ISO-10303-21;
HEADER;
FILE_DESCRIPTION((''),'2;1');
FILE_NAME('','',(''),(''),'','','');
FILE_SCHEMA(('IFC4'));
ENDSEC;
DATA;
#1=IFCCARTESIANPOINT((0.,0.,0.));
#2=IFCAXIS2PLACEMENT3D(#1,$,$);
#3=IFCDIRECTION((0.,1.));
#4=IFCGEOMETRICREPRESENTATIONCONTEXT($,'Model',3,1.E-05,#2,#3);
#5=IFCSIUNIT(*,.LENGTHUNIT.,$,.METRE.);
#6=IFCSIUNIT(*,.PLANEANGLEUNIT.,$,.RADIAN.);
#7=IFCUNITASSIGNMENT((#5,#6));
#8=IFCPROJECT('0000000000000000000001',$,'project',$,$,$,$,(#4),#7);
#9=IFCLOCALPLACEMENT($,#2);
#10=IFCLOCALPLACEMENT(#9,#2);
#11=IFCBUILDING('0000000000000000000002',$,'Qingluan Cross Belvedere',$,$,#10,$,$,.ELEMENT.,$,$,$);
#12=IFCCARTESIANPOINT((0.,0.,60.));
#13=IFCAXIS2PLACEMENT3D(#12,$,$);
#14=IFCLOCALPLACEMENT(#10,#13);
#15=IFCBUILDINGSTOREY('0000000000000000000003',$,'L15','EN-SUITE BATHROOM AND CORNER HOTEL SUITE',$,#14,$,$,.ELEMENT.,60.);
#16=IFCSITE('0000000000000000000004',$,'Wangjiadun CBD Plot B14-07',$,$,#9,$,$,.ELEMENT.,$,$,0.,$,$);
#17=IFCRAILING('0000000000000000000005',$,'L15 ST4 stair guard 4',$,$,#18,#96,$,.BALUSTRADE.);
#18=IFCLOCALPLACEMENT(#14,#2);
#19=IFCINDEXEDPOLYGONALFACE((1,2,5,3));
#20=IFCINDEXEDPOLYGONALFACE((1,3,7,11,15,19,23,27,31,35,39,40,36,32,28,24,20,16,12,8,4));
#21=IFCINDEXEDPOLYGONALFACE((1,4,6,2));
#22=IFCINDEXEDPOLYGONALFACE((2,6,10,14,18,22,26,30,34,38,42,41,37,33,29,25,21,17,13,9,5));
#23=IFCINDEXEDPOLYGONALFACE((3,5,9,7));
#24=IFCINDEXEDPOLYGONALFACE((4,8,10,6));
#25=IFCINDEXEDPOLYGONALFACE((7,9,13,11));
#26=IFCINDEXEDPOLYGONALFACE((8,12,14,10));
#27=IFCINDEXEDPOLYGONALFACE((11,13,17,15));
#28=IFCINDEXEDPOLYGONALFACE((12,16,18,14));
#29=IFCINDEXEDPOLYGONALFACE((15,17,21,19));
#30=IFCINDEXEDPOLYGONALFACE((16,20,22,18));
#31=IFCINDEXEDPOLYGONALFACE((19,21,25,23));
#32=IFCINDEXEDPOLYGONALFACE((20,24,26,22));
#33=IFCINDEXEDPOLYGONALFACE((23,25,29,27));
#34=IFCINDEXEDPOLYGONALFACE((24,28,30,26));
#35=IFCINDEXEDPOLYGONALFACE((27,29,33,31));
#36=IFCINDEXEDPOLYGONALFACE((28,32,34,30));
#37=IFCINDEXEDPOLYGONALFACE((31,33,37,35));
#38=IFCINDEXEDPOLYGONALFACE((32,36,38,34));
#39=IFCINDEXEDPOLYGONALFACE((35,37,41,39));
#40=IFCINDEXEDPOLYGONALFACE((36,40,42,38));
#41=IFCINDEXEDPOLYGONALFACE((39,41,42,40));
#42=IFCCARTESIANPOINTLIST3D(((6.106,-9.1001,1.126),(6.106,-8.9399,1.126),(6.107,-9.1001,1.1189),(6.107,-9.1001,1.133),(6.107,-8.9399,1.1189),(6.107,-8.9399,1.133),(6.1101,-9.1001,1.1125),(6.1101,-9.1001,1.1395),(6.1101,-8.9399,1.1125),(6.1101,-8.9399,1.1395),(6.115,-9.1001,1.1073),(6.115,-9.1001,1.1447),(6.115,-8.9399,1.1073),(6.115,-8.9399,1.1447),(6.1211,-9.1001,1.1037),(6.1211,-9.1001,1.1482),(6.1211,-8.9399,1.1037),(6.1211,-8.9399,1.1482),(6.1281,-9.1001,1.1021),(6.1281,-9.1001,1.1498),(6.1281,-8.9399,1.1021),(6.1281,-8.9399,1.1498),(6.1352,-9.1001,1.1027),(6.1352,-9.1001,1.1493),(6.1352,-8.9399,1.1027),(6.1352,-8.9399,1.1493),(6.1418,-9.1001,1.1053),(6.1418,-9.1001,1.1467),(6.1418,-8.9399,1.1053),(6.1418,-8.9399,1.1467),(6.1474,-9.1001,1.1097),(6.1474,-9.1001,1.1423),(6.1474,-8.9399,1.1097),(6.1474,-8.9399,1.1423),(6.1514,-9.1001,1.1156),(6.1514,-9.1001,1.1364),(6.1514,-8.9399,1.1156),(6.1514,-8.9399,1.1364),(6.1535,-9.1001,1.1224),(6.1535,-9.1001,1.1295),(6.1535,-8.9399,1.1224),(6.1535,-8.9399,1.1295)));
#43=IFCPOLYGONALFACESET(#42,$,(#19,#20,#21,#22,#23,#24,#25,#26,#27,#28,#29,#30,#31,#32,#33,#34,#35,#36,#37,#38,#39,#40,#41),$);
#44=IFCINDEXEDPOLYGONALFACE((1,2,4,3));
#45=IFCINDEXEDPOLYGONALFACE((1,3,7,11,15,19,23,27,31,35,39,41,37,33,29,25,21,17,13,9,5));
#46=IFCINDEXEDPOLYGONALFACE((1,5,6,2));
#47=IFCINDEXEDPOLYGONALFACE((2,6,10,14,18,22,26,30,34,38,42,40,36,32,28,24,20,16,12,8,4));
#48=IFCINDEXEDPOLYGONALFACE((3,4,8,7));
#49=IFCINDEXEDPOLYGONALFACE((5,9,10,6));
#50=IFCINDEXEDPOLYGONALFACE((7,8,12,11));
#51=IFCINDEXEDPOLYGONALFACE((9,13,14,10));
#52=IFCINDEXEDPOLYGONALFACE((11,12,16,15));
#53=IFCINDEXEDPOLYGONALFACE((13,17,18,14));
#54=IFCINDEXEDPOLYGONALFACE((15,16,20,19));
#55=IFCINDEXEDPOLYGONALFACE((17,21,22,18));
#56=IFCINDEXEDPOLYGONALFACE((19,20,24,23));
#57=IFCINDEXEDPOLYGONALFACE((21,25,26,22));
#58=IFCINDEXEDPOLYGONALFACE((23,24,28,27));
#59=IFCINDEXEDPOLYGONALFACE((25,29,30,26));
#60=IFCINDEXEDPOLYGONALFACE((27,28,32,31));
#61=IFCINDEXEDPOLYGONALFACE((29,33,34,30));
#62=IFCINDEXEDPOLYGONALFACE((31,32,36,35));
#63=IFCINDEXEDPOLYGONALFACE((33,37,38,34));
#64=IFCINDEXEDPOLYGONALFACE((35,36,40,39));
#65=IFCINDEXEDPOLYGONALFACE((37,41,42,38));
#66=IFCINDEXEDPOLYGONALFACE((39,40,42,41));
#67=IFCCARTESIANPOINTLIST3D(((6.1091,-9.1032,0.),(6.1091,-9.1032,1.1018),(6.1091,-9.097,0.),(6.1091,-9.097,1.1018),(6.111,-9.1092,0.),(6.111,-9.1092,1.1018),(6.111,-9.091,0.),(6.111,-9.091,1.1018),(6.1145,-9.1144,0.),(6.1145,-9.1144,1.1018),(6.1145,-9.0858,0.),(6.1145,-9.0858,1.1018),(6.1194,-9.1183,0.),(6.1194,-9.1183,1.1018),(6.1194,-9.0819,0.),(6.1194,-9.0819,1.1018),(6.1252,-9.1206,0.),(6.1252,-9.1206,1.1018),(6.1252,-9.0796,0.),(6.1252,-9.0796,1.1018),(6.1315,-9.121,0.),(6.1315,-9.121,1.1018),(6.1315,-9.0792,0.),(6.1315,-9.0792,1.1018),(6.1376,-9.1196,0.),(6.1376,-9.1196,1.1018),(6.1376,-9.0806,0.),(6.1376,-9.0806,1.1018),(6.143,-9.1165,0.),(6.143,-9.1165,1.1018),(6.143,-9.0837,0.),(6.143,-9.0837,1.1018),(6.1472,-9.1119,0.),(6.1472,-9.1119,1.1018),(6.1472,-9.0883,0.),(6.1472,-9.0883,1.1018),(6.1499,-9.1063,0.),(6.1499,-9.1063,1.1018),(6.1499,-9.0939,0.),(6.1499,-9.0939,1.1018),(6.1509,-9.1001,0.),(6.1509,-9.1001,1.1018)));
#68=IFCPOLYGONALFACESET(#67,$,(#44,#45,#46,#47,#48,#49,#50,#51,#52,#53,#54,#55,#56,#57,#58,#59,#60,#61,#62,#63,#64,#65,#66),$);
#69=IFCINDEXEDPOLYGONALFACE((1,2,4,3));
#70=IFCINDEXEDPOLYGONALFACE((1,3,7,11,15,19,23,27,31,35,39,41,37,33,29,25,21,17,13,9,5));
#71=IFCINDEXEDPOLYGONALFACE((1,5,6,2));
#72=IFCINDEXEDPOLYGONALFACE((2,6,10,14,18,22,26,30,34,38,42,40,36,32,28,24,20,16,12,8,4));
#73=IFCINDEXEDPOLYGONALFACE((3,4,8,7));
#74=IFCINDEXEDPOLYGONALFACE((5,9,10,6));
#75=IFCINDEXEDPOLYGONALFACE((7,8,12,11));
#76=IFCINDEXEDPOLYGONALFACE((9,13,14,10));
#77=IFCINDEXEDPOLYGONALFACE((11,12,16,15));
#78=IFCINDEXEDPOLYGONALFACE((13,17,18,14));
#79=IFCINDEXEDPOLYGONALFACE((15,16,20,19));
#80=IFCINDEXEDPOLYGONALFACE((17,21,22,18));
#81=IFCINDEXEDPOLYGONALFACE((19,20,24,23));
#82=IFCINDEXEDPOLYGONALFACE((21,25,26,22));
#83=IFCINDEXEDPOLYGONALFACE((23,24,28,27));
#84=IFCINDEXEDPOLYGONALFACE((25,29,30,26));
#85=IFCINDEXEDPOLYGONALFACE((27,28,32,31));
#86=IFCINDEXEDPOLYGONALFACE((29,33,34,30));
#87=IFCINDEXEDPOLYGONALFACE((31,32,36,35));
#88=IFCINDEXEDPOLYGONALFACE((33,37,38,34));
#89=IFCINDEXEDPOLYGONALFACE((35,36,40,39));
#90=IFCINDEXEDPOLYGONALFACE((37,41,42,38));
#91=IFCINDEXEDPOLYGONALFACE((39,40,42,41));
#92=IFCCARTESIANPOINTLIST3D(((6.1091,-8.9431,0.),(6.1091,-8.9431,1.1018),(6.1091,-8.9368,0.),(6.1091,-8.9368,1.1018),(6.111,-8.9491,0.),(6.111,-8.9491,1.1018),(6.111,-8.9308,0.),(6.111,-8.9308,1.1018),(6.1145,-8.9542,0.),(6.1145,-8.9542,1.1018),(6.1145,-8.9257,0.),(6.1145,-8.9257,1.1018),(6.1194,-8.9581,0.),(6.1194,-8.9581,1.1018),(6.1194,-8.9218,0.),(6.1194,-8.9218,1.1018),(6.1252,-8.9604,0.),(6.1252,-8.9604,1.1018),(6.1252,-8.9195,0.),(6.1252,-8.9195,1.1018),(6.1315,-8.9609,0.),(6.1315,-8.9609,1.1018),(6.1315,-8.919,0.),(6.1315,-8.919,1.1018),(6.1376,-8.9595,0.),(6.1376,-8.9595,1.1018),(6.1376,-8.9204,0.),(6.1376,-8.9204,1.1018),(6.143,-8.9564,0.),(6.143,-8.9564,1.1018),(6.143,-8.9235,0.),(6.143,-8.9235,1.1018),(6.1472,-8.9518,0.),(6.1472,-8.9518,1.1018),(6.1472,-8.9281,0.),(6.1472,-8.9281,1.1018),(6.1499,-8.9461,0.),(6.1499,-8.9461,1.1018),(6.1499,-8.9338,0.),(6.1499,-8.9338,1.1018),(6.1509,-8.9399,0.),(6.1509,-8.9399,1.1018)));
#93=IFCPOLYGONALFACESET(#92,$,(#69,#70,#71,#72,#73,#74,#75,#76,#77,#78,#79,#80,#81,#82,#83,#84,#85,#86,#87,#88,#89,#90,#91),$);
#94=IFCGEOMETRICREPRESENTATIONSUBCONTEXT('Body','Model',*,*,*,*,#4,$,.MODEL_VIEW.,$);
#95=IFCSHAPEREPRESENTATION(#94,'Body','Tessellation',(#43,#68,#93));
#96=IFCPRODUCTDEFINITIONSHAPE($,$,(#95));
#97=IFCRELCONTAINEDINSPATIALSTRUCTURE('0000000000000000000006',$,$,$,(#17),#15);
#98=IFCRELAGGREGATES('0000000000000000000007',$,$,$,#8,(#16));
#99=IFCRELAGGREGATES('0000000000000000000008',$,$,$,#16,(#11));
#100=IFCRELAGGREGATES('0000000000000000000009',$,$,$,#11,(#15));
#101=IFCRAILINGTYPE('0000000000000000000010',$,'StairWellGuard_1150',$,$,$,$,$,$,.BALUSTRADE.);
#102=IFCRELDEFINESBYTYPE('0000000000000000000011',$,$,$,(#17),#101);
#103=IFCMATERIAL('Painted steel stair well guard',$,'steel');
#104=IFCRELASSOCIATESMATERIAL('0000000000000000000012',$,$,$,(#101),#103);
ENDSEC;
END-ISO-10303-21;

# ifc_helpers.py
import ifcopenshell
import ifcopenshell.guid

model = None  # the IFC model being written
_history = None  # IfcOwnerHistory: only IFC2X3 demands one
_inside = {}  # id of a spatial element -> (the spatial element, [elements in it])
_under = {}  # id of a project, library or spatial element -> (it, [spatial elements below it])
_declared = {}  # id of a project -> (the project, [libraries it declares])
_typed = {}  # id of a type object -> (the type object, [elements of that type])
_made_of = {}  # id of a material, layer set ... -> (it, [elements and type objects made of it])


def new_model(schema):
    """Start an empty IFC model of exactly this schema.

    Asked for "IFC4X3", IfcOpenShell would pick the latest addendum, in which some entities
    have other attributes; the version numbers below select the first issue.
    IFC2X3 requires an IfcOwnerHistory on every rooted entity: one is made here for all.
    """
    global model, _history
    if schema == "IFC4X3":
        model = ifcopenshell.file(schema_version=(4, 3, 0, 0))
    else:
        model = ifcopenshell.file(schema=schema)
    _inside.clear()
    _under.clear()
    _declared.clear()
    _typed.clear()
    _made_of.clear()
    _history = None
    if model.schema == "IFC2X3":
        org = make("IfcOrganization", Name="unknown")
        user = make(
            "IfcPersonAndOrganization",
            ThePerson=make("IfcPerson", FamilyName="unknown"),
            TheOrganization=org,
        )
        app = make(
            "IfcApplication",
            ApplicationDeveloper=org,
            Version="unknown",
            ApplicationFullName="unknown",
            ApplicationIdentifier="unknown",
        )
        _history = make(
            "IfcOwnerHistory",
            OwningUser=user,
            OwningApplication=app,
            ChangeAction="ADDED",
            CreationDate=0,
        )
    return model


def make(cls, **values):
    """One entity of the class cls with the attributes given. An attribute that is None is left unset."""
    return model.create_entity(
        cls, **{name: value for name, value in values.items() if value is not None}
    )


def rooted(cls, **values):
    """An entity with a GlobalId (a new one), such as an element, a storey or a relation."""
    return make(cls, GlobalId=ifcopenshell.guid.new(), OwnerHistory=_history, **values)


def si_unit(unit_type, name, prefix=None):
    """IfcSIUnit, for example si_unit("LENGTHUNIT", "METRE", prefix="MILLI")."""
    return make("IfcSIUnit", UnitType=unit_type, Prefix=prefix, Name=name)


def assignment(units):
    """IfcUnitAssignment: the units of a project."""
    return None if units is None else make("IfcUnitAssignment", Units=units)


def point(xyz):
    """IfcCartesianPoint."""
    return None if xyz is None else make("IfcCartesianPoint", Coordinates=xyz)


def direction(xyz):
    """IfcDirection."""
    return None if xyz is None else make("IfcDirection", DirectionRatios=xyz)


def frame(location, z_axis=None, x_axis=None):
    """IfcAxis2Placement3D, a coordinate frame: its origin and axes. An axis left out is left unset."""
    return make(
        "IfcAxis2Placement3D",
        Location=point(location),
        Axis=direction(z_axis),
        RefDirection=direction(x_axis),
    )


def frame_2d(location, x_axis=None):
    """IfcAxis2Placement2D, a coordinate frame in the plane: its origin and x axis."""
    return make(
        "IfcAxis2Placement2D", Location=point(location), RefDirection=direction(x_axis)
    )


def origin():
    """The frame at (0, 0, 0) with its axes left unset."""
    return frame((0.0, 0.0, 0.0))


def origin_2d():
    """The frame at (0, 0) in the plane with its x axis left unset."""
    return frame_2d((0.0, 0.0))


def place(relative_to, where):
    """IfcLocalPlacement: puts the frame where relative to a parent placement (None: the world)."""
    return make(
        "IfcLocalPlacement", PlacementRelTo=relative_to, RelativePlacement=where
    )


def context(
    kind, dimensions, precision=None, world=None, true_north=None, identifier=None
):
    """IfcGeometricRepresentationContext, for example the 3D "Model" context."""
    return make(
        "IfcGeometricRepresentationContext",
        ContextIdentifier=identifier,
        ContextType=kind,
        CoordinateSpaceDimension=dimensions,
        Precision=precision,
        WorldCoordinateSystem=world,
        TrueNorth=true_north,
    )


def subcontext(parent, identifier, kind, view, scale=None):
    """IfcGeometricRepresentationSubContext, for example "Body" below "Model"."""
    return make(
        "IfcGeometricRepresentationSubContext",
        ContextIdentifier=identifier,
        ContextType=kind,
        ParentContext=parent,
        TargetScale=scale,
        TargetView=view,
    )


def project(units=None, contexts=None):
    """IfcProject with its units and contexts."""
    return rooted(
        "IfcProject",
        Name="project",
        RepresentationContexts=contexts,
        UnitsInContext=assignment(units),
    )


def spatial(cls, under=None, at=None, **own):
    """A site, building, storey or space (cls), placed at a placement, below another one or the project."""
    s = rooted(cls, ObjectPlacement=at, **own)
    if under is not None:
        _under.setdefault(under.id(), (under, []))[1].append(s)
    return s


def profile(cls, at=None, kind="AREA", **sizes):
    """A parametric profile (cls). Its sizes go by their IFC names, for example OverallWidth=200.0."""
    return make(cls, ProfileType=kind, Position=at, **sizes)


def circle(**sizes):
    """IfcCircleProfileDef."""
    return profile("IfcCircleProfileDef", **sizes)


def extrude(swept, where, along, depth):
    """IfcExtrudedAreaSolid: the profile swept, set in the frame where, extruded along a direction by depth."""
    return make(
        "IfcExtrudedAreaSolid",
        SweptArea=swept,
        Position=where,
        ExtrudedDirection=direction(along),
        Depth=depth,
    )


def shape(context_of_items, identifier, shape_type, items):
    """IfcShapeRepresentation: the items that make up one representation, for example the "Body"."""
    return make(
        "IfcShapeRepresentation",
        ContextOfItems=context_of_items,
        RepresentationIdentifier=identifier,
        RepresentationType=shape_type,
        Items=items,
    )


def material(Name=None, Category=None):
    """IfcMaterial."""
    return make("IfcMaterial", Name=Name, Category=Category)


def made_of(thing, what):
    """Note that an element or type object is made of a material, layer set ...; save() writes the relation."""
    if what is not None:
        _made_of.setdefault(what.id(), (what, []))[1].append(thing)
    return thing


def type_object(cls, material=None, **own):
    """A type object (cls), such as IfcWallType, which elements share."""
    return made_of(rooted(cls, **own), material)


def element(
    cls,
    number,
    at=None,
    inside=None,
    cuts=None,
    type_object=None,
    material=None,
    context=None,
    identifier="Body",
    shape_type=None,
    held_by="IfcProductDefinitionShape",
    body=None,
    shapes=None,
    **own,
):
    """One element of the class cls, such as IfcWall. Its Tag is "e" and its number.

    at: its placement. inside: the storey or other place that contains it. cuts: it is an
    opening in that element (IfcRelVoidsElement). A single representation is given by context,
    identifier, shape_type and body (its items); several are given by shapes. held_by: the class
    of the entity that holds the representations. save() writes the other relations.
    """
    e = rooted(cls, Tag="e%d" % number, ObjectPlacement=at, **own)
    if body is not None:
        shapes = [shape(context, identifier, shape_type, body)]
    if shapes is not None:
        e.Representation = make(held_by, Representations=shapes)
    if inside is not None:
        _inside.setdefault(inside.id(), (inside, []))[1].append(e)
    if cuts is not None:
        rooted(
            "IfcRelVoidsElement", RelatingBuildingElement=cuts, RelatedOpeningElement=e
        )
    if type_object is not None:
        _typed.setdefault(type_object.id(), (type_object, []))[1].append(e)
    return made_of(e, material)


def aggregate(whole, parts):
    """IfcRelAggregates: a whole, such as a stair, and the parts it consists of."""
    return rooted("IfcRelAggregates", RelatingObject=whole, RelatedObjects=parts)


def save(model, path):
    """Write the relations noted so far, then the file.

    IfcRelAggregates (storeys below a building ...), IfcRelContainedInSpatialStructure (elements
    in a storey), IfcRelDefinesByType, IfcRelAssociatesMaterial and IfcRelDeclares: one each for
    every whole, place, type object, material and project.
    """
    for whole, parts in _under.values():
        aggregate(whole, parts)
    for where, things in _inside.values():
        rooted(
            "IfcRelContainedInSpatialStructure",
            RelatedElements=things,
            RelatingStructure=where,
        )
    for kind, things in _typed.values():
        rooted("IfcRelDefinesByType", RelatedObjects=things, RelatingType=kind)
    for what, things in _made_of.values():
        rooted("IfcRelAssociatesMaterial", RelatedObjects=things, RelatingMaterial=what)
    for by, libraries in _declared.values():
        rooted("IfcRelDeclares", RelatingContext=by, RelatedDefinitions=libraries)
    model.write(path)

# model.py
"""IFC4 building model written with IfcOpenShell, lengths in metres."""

from ifc_helpers import new_model, si_unit, direction, frame, origin, origin_2d, place, context, subcontext, project, spatial, circle, extrude, material, type_object, element, save


model = new_model("IFC4")

# Units and contexts
model_context = context("Model", 3, precision=1e-05, world=origin(), true_north=direction((0.0, 1.0)))
body_context = subcontext(model_context, "Body", "Model", "MODEL_VIEW")
ifc_project = project(units=[si_unit("LENGTHUNIT", "METRE"), si_unit("PLANEANGLEUNIT", "RADIAN")], contexts=[model_context])

# Site, building, storey
site_placement = place(None, origin())
site = spatial("IfcSite", under=ifc_project, at=site_placement, Name="Wangjiadun CBD Plot B14-07", CompositionType="ELEMENT", RefElevation=0.0)
building_placement = place(site_placement, origin())
building = spatial("IfcBuilding", under=site, at=building_placement, Name="Qingluan Cross Belvedere", CompositionType="ELEMENT")
storey_placement = place(building_placement, frame((0.0, 0.0, 60.0)))
storey = spatial("IfcBuildingStorey", under=building, at=storey_placement, Name="L15", Description="EN-SUITE BATHROOM AND CORNER HOTEL SUITE", CompositionType="ELEMENT", Elevation=60.0)

# Railing
ifc_material_1 = material(Name="Painted steel stair well guard", Category="steel")
railing_type_1 = type_object("IfcRailingType", Name="StairWellGuard_1150", PredefinedType="BALUSTRADE", material=ifc_material_1)
railing_1_placement = place(storey_placement, frame((6.1299, -9.1001, 0.0)))
element("IfcRailing", 1, at=railing_1_placement, inside=storey, type_object=railing_type_1, Name="L15 ST4 stair guard 4", PredefinedType="BALUSTRADE", context=body_context, shape_type="SweptSolid", body=[
    extrude(circle(Radius=0.0239, at=origin_2d()), frame((0.0, 0.0, 1.126), z_axis=(0.0, 1.0, 0.0), x_axis=(-1.0, 0.0, 0.0)), (0.0, 0.0, 1.0), 0.1602),
    extrude(circle(Radius=0.021, at=origin_2d()), origin(), (0.0, 0.0, 1.0), 1.1018),
    extrude(circle(Radius=0.021, at=origin_2d()), frame((0.0, 0.1602, 0.0)), (0.0, 0.0, 1.0), 1.1018),
])

save(model, "model.ifc")
